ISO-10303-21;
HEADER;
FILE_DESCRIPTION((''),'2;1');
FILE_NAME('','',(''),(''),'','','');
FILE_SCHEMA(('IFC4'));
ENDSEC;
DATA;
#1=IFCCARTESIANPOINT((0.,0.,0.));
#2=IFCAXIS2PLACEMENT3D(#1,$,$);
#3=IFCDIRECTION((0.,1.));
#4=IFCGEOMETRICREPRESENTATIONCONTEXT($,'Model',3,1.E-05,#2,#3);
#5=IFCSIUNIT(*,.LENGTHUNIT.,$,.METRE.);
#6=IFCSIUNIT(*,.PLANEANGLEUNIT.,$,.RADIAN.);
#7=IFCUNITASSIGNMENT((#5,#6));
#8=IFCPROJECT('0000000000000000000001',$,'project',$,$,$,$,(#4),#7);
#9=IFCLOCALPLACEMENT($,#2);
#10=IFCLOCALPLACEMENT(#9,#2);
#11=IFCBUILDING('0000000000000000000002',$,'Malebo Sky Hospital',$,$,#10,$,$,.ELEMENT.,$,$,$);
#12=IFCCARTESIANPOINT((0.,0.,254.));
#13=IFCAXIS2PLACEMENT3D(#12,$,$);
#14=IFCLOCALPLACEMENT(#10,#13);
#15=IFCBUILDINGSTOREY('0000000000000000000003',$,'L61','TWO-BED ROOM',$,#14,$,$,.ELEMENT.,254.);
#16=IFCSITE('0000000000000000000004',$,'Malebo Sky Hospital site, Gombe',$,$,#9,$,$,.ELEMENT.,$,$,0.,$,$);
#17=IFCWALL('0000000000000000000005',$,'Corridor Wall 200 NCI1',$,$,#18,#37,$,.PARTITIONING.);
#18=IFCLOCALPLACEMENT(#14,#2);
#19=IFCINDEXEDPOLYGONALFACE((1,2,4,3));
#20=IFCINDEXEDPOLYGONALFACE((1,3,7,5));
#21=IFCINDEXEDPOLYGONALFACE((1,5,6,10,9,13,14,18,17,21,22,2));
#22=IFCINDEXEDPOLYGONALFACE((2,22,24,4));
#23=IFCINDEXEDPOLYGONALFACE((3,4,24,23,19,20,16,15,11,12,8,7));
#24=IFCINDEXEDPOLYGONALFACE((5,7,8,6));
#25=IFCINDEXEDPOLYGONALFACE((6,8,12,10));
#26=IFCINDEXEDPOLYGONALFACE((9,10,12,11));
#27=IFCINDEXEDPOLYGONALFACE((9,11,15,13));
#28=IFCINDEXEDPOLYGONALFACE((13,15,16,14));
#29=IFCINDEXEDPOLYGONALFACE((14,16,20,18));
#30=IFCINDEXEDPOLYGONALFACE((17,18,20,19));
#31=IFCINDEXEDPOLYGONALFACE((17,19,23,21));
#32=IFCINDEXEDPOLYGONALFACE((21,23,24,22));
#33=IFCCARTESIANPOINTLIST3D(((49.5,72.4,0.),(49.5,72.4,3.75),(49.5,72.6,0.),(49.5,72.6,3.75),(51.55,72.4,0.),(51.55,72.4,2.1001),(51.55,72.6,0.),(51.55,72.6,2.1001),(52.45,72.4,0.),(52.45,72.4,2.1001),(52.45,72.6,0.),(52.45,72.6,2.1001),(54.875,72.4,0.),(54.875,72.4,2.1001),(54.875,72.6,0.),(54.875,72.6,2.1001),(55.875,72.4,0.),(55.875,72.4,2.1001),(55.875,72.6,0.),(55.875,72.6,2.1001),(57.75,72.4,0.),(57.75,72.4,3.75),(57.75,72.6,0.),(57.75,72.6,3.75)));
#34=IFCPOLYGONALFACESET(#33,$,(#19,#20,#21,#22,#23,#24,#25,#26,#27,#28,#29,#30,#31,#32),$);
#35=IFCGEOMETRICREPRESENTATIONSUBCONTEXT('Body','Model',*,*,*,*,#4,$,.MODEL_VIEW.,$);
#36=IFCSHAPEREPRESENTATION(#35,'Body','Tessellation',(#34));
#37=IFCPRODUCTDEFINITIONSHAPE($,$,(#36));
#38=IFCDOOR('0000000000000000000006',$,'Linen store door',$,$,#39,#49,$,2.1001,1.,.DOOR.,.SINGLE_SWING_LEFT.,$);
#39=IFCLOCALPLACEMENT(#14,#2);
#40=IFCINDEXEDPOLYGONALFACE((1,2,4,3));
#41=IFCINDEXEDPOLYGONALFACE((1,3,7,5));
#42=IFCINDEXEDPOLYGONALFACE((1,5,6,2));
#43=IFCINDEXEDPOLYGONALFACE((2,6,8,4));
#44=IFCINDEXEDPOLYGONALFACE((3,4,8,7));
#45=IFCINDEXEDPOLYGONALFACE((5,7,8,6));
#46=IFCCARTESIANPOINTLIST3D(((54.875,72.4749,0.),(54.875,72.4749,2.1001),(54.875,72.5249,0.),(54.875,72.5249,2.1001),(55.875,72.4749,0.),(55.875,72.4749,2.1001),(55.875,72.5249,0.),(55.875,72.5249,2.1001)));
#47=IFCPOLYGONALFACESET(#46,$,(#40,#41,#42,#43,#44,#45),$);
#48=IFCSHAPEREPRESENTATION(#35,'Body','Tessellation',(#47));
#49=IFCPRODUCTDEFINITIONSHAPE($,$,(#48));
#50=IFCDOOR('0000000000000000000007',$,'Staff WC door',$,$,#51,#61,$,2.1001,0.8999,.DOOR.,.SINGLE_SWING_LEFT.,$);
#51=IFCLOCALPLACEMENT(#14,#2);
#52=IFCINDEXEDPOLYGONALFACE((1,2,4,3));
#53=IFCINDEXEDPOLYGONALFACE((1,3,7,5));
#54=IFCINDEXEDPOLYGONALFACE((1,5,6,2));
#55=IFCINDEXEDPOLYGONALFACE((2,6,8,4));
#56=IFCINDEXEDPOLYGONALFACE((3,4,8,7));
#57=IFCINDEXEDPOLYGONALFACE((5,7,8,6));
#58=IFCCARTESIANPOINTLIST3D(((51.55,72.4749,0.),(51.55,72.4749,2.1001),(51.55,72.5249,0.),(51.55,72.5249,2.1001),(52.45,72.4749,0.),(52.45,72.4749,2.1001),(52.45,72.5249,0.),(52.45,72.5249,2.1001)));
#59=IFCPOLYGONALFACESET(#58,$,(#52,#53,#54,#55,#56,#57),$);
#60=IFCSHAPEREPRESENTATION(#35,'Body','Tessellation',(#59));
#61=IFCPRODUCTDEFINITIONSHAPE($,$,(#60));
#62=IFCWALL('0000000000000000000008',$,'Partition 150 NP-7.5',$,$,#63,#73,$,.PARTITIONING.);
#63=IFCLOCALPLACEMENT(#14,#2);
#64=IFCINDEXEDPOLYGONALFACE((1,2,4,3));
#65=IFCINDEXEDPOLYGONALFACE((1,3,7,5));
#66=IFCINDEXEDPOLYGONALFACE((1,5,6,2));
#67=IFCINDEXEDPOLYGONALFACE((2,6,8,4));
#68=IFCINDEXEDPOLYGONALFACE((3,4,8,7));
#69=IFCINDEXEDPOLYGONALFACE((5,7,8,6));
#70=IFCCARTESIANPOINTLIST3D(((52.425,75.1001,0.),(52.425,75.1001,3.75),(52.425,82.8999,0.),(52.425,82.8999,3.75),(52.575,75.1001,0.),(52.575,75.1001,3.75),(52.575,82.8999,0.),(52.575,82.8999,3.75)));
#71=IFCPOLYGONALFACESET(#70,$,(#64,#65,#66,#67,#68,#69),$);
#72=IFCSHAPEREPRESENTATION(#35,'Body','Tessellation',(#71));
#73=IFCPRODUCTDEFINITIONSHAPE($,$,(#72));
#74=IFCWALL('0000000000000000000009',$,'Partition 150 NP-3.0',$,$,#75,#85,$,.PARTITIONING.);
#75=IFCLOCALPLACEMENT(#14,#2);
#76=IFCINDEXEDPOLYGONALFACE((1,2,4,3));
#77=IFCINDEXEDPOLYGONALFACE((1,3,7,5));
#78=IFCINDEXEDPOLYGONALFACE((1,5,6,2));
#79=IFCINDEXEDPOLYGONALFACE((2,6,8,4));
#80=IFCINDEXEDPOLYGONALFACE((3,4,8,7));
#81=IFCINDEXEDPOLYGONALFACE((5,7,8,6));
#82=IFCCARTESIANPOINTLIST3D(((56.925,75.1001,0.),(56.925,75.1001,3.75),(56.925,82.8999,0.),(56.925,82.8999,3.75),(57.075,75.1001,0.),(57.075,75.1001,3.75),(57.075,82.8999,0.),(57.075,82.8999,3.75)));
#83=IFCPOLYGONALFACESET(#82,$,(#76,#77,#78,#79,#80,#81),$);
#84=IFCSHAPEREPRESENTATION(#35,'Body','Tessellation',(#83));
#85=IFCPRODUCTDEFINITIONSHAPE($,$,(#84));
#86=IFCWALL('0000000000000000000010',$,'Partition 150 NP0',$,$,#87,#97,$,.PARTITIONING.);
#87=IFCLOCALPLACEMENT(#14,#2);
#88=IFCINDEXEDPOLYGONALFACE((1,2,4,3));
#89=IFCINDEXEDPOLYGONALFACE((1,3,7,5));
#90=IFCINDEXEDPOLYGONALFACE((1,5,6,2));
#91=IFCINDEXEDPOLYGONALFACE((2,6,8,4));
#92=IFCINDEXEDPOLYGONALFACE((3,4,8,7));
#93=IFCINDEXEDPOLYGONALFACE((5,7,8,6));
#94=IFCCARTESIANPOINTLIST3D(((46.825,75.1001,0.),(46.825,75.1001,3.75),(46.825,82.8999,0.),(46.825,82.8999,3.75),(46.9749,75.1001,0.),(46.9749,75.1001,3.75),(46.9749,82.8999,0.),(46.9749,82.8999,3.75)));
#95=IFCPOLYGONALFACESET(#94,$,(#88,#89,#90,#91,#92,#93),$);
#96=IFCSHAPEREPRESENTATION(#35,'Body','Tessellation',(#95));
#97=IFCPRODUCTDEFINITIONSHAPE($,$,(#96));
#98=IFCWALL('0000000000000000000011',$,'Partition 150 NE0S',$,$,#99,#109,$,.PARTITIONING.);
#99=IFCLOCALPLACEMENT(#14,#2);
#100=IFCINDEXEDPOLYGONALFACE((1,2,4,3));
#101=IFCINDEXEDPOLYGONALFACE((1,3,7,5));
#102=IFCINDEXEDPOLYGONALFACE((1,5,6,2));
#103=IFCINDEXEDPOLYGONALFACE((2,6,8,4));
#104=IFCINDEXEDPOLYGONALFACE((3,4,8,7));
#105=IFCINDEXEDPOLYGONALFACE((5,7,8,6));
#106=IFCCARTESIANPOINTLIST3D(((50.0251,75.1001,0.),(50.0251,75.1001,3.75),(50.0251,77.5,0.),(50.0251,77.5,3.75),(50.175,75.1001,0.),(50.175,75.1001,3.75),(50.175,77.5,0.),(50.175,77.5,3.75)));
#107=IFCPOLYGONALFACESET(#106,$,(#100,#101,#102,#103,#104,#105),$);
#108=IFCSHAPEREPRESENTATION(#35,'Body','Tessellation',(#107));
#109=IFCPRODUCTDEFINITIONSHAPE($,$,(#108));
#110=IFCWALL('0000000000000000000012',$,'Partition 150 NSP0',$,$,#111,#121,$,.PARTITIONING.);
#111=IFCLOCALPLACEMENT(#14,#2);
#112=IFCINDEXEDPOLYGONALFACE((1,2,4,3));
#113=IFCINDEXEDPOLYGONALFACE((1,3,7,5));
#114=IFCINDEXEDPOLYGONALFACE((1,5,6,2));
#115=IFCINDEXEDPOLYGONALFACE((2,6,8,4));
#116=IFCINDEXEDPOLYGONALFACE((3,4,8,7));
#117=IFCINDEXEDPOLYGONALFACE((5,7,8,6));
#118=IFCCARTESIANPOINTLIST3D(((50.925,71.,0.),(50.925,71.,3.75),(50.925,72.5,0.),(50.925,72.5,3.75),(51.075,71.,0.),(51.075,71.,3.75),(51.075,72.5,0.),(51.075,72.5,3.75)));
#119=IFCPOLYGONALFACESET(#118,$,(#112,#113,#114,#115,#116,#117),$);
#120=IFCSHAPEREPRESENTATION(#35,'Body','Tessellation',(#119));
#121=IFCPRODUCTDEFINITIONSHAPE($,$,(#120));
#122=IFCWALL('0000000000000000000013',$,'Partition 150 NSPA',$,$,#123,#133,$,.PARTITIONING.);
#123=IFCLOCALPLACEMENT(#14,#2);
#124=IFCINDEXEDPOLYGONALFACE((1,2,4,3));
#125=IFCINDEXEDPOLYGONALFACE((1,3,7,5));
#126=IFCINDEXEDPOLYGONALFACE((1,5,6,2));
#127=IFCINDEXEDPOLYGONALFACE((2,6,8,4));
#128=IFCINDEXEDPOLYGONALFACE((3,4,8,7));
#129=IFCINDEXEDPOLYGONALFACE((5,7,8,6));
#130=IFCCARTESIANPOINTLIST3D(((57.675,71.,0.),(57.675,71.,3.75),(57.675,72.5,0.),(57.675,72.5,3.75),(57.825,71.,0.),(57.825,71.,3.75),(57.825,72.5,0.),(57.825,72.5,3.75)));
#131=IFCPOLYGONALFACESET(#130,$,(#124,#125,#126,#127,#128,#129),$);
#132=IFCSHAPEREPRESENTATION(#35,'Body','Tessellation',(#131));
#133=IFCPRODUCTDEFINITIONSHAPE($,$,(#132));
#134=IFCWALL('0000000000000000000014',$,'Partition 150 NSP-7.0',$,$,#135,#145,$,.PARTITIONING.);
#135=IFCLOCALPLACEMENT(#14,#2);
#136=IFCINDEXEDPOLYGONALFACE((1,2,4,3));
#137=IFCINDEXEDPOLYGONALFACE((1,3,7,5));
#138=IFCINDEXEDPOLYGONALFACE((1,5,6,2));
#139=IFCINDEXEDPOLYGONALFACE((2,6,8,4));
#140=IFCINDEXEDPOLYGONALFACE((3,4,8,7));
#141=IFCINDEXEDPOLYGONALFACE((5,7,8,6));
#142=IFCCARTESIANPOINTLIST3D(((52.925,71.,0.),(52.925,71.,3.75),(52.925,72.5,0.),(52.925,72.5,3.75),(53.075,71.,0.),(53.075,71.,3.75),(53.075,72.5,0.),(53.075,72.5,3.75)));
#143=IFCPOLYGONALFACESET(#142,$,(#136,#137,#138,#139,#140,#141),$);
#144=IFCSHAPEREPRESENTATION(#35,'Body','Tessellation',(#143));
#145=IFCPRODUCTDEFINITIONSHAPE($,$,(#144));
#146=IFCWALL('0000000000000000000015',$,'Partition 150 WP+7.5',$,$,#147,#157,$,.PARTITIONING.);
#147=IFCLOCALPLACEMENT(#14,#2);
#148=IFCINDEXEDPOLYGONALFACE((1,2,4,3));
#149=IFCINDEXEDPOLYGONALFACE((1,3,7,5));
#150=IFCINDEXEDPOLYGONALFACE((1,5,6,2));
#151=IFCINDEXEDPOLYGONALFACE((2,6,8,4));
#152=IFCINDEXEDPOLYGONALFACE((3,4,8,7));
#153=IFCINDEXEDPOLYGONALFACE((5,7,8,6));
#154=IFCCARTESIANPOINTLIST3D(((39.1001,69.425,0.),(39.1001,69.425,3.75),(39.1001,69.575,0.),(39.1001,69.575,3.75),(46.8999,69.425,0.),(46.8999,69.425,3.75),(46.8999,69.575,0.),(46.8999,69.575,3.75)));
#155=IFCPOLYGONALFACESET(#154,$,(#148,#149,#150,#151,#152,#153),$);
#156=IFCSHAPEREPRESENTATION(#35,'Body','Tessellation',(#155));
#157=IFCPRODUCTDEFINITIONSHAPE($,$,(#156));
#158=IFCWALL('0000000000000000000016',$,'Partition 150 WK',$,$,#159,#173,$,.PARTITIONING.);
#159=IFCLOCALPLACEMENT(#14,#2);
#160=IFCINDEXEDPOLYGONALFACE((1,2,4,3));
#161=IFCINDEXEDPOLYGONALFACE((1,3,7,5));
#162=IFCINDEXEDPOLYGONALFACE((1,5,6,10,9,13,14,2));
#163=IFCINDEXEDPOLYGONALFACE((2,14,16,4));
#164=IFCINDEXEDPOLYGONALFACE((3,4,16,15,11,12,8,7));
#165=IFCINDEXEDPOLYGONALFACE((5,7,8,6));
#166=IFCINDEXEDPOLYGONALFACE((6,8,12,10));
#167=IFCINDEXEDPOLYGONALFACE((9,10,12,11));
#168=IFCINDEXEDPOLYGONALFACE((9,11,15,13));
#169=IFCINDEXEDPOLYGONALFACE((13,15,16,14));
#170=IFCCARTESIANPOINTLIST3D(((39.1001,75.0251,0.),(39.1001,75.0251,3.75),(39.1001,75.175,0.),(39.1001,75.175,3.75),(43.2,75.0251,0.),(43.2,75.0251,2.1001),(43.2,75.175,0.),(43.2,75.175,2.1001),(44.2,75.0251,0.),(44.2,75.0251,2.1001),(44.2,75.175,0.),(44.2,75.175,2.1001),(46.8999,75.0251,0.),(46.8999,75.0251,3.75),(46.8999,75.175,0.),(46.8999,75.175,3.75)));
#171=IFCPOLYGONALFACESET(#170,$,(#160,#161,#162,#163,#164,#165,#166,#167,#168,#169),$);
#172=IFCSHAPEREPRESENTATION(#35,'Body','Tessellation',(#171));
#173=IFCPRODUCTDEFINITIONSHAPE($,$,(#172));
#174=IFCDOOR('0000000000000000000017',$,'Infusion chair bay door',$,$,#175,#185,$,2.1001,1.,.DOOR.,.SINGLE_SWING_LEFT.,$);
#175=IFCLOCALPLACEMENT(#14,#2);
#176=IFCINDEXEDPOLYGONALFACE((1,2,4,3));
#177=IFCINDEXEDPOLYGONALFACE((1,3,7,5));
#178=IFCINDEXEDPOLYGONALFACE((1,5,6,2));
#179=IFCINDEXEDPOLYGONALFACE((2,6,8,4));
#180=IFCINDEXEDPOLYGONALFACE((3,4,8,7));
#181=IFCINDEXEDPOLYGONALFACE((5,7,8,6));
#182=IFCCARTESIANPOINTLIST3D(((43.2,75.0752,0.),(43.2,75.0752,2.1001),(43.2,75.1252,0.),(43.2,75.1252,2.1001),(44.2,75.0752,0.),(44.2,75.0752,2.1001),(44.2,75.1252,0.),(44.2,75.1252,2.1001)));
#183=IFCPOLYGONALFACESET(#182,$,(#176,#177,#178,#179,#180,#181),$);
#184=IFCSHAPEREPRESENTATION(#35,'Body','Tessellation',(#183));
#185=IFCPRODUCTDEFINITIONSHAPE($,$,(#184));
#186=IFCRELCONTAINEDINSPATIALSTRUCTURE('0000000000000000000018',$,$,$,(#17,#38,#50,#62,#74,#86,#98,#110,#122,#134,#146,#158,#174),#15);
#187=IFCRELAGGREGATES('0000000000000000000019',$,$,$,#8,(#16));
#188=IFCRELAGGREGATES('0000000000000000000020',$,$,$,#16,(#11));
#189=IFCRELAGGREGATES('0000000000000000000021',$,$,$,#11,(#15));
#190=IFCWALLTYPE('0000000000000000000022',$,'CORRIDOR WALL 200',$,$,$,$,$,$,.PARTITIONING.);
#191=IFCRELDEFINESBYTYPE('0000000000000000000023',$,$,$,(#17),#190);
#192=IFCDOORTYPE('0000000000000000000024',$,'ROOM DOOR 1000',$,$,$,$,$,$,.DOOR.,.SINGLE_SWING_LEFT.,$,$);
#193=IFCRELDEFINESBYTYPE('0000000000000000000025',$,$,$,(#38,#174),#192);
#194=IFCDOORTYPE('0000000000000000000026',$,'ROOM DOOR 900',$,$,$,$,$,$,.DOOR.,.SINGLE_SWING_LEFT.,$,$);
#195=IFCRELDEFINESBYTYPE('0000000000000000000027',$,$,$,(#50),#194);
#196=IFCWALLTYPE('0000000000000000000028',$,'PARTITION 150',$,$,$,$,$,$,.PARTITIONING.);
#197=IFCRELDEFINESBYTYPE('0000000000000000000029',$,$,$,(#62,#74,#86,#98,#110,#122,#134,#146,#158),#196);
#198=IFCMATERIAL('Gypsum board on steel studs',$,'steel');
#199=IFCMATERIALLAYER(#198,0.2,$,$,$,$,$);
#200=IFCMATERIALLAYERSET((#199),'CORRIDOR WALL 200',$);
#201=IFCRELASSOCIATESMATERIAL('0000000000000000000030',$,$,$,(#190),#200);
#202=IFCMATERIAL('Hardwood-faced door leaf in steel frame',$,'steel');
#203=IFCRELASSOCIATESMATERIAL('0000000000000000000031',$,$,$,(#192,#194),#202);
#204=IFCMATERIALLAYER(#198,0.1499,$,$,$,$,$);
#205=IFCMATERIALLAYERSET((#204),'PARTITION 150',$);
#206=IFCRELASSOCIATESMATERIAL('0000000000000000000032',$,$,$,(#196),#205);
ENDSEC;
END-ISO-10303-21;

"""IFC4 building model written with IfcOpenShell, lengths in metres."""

from ifc_helpers import new_model, si_unit, direction, frame, frame_2d, origin, place, context, subcontext, project, spatial, rectangle, extrude, material, layer, layer_set, type_object, element, fill, save


model = new_model("IFC4")

# Units and contexts
model_context = context("Model", 3, precision=1e-05, world=origin(), true_north=direction((0.0, 1.0)))
body_context = subcontext(model_context, "Body", "Model", "MODEL_VIEW")
ifc_project = project(units=[si_unit("LENGTHUNIT", "METRE"), si_unit("PLANEANGLEUNIT", "RADIAN")], contexts=[model_context])

# Site, building, storey
site_placement = place(None, origin())
site = spatial("IfcSite", under=ifc_project, at=site_placement, Name="Malebo Sky Hospital site, Gombe", CompositionType="ELEMENT", RefElevation=0.0)
building_placement = place(site_placement, origin())
building = spatial("IfcBuilding", under=site, at=building_placement, Name="Malebo Sky Hospital", CompositionType="ELEMENT")
storey_placement = place(building_placement, frame((0.0, 0.0, 254.0)))
storey = spatial("IfcBuildingStorey", under=building, at=storey_placement, Name="L61", Description="TWO-BED ROOM", CompositionType="ELEMENT", Elevation=254.0)

# Shared definitions
ifc_material_1 = material(Name="Hardwood-faced door leaf in steel frame", Category="steel")

# Wall, openings, doors
ifc_material_2 = material(Name="Gypsum board on steel studs", Category="steel")
ifc_layer_1 = layer(ifc_material_2, 0.2)
ifc_layer_set_1 = layer_set([ifc_layer_1], Name="CORRIDOR WALL 200")
wall_type_1 = type_object("IfcWallType", Name="CORRIDOR WALL 200", PredefinedType="PARTITIONING", material=ifc_layer_set_1)
door_type_1 = type_object("IfcDoorType", Name="ROOM DOOR 1000", OperationType="SINGLE_SWING_LEFT", PredefinedType="DOOR", material=ifc_material_1)
door_type_2 = type_object("IfcDoorType", Name="ROOM DOOR 900", OperationType="SINGLE_SWING_LEFT", PredefinedType="DOOR", material=ifc_material_1)
wall_1_placement = place(storey_placement, frame((49.5, 72.5, 0.0), z_axis=(0.0, 0.0, 1.0), x_axis=(1.0, 0.0, 0.0)))
wall_1 = element("IfcWall", 1, at=wall_1_placement, inside=storey, type_object=wall_type_1, Name="Corridor Wall 200 NCI1", PredefinedType="PARTITIONING", context=body_context, shape_type="SweptSolid", body=[
    extrude(rectangle(XDim=8.25, YDim=0.2, at=frame_2d((4.125, 0.0))), origin(), (0.0, 0.0, 1.0), 3.75),
])
opening_1_placement = place(wall_1_placement, frame((2.05, 0.0, 0.0)))
opening_1 = element("IfcOpeningElement", 2, at=opening_1_placement, cuts=wall_1, PredefinedType="OPENING", context=body_context, shape_type="SweptSolid", body=[
    extrude(rectangle(XDim=0.8999, YDim=2.1001, at=frame_2d((0.45, 1.05))), frame((0.0, 0.1099, 0.0), z_axis=(0.0, -1.0, 0.0), x_axis=(1.0, 0.0, 0.0)), (0.0, 0.0, 1.0), 0.22),
])
opening_2_placement = place(wall_1_placement, frame((5.375, 0.0, 0.0)))
opening_2 = element("IfcOpeningElement", 3, at=opening_2_placement, cuts=wall_1, PredefinedType="OPENING", context=body_context, shape_type="SweptSolid", body=[
    extrude(rectangle(XDim=1.0, YDim=2.1001, at=frame_2d((0.5, 1.05))), frame((0.0, 0.1099, 0.0), z_axis=(0.0, -1.0, 0.0), x_axis=(1.0, 0.0, 0.0)), (0.0, 0.0, 1.0), 0.22),
])
door_1_placement = place(opening_2_placement, origin())
door_1 = element("IfcDoor", 4, at=door_1_placement, inside=storey, type_object=door_type_1, Name="Linen store door", OperationType="SINGLE_SWING_LEFT", OverallHeight=2.1001, OverallWidth=1.0, PredefinedType="DOOR", context=body_context, shape_type="SweptSolid", body=[
    extrude(rectangle(XDim=1.0, YDim=2.1001, at=frame_2d((0.5, 1.05))), frame((0.0, 0.0249, 0.0), z_axis=(0.0, -1.0, 0.0), x_axis=(1.0, 0.0, 0.0)), (0.0, 0.0, 1.0), 0.05),
])
fill(opening_2, door_1)
door_2_placement = place(opening_1_placement, origin())
door_2 = element("IfcDoor", 5, at=door_2_placement, inside=storey, type_object=door_type_2, Name="Staff WC door", OperationType="SINGLE_SWING_LEFT", OverallHeight=2.1001, OverallWidth=0.8999, PredefinedType="DOOR", context=body_context, shape_type="SweptSolid", body=[
    extrude(rectangle(XDim=0.8999, YDim=2.1001, at=frame_2d((0.45, 1.05))), frame((0.0, 0.0249, 0.0), z_axis=(0.0, -1.0, 0.0), x_axis=(1.0, 0.0, 0.0)), (0.0, 0.0, 1.0), 0.05),
])
fill(opening_1, door_2)

# Walls
ifc_layer_2 = layer(ifc_material_2, 0.1499)
ifc_layer_set_2 = layer_set([ifc_layer_2], Name="PARTITION 150")
wall_type_2 = type_object("IfcWallType", Name="PARTITION 150", PredefinedType="PARTITIONING", material=ifc_layer_set_2)
for number, where, z_axis, x_axis, name in (
    (6, (52.5, 75.1001, 0.0), (0.0, 0.0, 1.0), (0.0, 1.0, 0.0), "Partition 150 NP-7.5"),
    (7, (57.0, 75.1001, 0.0), (0.0, 0.0, 1.0), (0.0, 1.0, 0.0), "Partition 150 NP-3.0"),
    (8, (46.8999, 75.1001, 0.0), (0.0, 0.0, 1.0), (0.0, 1.0, 0.0), "Partition 150 NP0"),
):
    element("IfcWall", number, at=place(storey_placement, frame(where, z_axis=z_axis, x_axis=x_axis)), inside=storey, type_object=wall_type_2, Name=name, PredefinedType="PARTITIONING", context=body_context, shape_type="SweptSolid", body=[
        extrude(rectangle(XDim=7.7998, YDim=0.1499, at=frame_2d((3.8999, 0.0))), origin(), (0.0, 0.0, 1.0), 3.75),
    ])
wall_2_placement = place(storey_placement, frame((50.1001, 75.1001, 0.0), z_axis=(0.0, 0.0, 1.0), x_axis=(0.0, 1.0, 0.0)))
element("IfcWall", 9, at=wall_2_placement, inside=storey, type_object=wall_type_2, Name="Partition 150 NE0S", PredefinedType="PARTITIONING", context=body_context, shape_type="SweptSolid", body=[
    extrude(rectangle(XDim=2.3999, YDim=0.1499, at=frame_2d((1.2, 0.0))), origin(), (0.0, 0.0, 1.0), 3.75),
])
for number, where, z_axis, x_axis, name in (
    (10, (51.0, 71.0, 0.0), (0.0, 0.0, 1.0), (0.0, 1.0, 0.0), "Partition 150 NSP0"),
    (11, (57.75, 71.0, 0.0), (0.0, 0.0, 1.0), (0.0, 1.0, 0.0), "Partition 150 NSPA"),
    (12, (53.0, 71.0, 0.0), (0.0, 0.0, 1.0), (0.0, 1.0, 0.0), "Partition 150 NSP-7.0"),
):
    element("IfcWall", number, at=place(storey_placement, frame(where, z_axis=z_axis, x_axis=x_axis)), inside=storey, type_object=wall_type_2, Name=name, PredefinedType="PARTITIONING", context=body_context, shape_type="SweptSolid", body=[
        extrude(rectangle(XDim=1.5, YDim=0.1499, at=frame_2d((0.75, 0.0))), origin(), (0.0, 0.0, 1.0), 3.75),
    ])
wall_3_placement = place(storey_placement, frame((46.8999, 69.5, 0.0), z_axis=(0.0, 0.0, 1.0), x_axis=(-1.0, 0.0, 0.0)))
element("IfcWall", 13, at=wall_3_placement, inside=storey, type_object=wall_type_2, Name="Partition 150 WP+7.5", PredefinedType="PARTITIONING", context=body_context, shape_type="SweptSolid", body=[
    extrude(rectangle(XDim=7.7998, YDim=0.1499, at=frame_2d((3.8999, 0.0))), origin(), (0.0, 0.0, 1.0), 3.75),
])

# Wall, opening, door
wall_4_placement = place(storey_placement, frame((46.8999, 75.1001, 0.0), z_axis=(0.0, 0.0, 1.0), x_axis=(-1.0, 0.0, 0.0)))
wall_4 = element("IfcWall", 14, at=wall_4_placement, inside=storey, type_object=wall_type_2, Name="Partition 150 WK", PredefinedType="PARTITIONING", context=body_context, shape_type="SweptSolid", body=[
    extrude(rectangle(XDim=7.7998, YDim=0.1499, at=frame_2d((3.8999, 0.0))), origin(), (0.0, 0.0, 1.0), 3.75),
])
opening_3_placement = place(wall_4_placement, frame((2.7, 0.0, 0.0)))
opening_3 = element("IfcOpeningElement", 15, at=opening_3_placement, cuts=wall_4, PredefinedType="OPENING", context=body_context, shape_type="SweptSolid", body=[
    extrude(rectangle(XDim=1.0, YDim=2.1001, at=frame_2d((0.5, 1.05))), frame((0.0, 0.085, 0.0), z_axis=(0.0, -1.0, 0.0), x_axis=(1.0, 0.0, 0.0)), (0.0, 0.0, 1.0), 0.1699),
])
door_3_placement = place(opening_3_placement, origin())
door_3 = element("IfcDoor", 16, at=door_3_placement, inside=storey, type_object=door_type_1, Name="Infusion chair bay door", OperationType="SINGLE_SWING_LEFT", OverallHeight=2.1001, OverallWidth=1.0, PredefinedType="DOOR", context=body_context, shape_type="SweptSolid", body=[
    extrude(rectangle(XDim=1.0, YDim=2.1001, at=frame_2d((0.5, 1.05))), frame((0.0, 0.0249, 0.0), z_axis=(0.0, -1.0, 0.0), x_axis=(1.0, 0.0, 0.0)), (0.0, 0.0, 1.0), 0.05),
])
fill(opening_3, door_3)

save(model, "model.ifc")
